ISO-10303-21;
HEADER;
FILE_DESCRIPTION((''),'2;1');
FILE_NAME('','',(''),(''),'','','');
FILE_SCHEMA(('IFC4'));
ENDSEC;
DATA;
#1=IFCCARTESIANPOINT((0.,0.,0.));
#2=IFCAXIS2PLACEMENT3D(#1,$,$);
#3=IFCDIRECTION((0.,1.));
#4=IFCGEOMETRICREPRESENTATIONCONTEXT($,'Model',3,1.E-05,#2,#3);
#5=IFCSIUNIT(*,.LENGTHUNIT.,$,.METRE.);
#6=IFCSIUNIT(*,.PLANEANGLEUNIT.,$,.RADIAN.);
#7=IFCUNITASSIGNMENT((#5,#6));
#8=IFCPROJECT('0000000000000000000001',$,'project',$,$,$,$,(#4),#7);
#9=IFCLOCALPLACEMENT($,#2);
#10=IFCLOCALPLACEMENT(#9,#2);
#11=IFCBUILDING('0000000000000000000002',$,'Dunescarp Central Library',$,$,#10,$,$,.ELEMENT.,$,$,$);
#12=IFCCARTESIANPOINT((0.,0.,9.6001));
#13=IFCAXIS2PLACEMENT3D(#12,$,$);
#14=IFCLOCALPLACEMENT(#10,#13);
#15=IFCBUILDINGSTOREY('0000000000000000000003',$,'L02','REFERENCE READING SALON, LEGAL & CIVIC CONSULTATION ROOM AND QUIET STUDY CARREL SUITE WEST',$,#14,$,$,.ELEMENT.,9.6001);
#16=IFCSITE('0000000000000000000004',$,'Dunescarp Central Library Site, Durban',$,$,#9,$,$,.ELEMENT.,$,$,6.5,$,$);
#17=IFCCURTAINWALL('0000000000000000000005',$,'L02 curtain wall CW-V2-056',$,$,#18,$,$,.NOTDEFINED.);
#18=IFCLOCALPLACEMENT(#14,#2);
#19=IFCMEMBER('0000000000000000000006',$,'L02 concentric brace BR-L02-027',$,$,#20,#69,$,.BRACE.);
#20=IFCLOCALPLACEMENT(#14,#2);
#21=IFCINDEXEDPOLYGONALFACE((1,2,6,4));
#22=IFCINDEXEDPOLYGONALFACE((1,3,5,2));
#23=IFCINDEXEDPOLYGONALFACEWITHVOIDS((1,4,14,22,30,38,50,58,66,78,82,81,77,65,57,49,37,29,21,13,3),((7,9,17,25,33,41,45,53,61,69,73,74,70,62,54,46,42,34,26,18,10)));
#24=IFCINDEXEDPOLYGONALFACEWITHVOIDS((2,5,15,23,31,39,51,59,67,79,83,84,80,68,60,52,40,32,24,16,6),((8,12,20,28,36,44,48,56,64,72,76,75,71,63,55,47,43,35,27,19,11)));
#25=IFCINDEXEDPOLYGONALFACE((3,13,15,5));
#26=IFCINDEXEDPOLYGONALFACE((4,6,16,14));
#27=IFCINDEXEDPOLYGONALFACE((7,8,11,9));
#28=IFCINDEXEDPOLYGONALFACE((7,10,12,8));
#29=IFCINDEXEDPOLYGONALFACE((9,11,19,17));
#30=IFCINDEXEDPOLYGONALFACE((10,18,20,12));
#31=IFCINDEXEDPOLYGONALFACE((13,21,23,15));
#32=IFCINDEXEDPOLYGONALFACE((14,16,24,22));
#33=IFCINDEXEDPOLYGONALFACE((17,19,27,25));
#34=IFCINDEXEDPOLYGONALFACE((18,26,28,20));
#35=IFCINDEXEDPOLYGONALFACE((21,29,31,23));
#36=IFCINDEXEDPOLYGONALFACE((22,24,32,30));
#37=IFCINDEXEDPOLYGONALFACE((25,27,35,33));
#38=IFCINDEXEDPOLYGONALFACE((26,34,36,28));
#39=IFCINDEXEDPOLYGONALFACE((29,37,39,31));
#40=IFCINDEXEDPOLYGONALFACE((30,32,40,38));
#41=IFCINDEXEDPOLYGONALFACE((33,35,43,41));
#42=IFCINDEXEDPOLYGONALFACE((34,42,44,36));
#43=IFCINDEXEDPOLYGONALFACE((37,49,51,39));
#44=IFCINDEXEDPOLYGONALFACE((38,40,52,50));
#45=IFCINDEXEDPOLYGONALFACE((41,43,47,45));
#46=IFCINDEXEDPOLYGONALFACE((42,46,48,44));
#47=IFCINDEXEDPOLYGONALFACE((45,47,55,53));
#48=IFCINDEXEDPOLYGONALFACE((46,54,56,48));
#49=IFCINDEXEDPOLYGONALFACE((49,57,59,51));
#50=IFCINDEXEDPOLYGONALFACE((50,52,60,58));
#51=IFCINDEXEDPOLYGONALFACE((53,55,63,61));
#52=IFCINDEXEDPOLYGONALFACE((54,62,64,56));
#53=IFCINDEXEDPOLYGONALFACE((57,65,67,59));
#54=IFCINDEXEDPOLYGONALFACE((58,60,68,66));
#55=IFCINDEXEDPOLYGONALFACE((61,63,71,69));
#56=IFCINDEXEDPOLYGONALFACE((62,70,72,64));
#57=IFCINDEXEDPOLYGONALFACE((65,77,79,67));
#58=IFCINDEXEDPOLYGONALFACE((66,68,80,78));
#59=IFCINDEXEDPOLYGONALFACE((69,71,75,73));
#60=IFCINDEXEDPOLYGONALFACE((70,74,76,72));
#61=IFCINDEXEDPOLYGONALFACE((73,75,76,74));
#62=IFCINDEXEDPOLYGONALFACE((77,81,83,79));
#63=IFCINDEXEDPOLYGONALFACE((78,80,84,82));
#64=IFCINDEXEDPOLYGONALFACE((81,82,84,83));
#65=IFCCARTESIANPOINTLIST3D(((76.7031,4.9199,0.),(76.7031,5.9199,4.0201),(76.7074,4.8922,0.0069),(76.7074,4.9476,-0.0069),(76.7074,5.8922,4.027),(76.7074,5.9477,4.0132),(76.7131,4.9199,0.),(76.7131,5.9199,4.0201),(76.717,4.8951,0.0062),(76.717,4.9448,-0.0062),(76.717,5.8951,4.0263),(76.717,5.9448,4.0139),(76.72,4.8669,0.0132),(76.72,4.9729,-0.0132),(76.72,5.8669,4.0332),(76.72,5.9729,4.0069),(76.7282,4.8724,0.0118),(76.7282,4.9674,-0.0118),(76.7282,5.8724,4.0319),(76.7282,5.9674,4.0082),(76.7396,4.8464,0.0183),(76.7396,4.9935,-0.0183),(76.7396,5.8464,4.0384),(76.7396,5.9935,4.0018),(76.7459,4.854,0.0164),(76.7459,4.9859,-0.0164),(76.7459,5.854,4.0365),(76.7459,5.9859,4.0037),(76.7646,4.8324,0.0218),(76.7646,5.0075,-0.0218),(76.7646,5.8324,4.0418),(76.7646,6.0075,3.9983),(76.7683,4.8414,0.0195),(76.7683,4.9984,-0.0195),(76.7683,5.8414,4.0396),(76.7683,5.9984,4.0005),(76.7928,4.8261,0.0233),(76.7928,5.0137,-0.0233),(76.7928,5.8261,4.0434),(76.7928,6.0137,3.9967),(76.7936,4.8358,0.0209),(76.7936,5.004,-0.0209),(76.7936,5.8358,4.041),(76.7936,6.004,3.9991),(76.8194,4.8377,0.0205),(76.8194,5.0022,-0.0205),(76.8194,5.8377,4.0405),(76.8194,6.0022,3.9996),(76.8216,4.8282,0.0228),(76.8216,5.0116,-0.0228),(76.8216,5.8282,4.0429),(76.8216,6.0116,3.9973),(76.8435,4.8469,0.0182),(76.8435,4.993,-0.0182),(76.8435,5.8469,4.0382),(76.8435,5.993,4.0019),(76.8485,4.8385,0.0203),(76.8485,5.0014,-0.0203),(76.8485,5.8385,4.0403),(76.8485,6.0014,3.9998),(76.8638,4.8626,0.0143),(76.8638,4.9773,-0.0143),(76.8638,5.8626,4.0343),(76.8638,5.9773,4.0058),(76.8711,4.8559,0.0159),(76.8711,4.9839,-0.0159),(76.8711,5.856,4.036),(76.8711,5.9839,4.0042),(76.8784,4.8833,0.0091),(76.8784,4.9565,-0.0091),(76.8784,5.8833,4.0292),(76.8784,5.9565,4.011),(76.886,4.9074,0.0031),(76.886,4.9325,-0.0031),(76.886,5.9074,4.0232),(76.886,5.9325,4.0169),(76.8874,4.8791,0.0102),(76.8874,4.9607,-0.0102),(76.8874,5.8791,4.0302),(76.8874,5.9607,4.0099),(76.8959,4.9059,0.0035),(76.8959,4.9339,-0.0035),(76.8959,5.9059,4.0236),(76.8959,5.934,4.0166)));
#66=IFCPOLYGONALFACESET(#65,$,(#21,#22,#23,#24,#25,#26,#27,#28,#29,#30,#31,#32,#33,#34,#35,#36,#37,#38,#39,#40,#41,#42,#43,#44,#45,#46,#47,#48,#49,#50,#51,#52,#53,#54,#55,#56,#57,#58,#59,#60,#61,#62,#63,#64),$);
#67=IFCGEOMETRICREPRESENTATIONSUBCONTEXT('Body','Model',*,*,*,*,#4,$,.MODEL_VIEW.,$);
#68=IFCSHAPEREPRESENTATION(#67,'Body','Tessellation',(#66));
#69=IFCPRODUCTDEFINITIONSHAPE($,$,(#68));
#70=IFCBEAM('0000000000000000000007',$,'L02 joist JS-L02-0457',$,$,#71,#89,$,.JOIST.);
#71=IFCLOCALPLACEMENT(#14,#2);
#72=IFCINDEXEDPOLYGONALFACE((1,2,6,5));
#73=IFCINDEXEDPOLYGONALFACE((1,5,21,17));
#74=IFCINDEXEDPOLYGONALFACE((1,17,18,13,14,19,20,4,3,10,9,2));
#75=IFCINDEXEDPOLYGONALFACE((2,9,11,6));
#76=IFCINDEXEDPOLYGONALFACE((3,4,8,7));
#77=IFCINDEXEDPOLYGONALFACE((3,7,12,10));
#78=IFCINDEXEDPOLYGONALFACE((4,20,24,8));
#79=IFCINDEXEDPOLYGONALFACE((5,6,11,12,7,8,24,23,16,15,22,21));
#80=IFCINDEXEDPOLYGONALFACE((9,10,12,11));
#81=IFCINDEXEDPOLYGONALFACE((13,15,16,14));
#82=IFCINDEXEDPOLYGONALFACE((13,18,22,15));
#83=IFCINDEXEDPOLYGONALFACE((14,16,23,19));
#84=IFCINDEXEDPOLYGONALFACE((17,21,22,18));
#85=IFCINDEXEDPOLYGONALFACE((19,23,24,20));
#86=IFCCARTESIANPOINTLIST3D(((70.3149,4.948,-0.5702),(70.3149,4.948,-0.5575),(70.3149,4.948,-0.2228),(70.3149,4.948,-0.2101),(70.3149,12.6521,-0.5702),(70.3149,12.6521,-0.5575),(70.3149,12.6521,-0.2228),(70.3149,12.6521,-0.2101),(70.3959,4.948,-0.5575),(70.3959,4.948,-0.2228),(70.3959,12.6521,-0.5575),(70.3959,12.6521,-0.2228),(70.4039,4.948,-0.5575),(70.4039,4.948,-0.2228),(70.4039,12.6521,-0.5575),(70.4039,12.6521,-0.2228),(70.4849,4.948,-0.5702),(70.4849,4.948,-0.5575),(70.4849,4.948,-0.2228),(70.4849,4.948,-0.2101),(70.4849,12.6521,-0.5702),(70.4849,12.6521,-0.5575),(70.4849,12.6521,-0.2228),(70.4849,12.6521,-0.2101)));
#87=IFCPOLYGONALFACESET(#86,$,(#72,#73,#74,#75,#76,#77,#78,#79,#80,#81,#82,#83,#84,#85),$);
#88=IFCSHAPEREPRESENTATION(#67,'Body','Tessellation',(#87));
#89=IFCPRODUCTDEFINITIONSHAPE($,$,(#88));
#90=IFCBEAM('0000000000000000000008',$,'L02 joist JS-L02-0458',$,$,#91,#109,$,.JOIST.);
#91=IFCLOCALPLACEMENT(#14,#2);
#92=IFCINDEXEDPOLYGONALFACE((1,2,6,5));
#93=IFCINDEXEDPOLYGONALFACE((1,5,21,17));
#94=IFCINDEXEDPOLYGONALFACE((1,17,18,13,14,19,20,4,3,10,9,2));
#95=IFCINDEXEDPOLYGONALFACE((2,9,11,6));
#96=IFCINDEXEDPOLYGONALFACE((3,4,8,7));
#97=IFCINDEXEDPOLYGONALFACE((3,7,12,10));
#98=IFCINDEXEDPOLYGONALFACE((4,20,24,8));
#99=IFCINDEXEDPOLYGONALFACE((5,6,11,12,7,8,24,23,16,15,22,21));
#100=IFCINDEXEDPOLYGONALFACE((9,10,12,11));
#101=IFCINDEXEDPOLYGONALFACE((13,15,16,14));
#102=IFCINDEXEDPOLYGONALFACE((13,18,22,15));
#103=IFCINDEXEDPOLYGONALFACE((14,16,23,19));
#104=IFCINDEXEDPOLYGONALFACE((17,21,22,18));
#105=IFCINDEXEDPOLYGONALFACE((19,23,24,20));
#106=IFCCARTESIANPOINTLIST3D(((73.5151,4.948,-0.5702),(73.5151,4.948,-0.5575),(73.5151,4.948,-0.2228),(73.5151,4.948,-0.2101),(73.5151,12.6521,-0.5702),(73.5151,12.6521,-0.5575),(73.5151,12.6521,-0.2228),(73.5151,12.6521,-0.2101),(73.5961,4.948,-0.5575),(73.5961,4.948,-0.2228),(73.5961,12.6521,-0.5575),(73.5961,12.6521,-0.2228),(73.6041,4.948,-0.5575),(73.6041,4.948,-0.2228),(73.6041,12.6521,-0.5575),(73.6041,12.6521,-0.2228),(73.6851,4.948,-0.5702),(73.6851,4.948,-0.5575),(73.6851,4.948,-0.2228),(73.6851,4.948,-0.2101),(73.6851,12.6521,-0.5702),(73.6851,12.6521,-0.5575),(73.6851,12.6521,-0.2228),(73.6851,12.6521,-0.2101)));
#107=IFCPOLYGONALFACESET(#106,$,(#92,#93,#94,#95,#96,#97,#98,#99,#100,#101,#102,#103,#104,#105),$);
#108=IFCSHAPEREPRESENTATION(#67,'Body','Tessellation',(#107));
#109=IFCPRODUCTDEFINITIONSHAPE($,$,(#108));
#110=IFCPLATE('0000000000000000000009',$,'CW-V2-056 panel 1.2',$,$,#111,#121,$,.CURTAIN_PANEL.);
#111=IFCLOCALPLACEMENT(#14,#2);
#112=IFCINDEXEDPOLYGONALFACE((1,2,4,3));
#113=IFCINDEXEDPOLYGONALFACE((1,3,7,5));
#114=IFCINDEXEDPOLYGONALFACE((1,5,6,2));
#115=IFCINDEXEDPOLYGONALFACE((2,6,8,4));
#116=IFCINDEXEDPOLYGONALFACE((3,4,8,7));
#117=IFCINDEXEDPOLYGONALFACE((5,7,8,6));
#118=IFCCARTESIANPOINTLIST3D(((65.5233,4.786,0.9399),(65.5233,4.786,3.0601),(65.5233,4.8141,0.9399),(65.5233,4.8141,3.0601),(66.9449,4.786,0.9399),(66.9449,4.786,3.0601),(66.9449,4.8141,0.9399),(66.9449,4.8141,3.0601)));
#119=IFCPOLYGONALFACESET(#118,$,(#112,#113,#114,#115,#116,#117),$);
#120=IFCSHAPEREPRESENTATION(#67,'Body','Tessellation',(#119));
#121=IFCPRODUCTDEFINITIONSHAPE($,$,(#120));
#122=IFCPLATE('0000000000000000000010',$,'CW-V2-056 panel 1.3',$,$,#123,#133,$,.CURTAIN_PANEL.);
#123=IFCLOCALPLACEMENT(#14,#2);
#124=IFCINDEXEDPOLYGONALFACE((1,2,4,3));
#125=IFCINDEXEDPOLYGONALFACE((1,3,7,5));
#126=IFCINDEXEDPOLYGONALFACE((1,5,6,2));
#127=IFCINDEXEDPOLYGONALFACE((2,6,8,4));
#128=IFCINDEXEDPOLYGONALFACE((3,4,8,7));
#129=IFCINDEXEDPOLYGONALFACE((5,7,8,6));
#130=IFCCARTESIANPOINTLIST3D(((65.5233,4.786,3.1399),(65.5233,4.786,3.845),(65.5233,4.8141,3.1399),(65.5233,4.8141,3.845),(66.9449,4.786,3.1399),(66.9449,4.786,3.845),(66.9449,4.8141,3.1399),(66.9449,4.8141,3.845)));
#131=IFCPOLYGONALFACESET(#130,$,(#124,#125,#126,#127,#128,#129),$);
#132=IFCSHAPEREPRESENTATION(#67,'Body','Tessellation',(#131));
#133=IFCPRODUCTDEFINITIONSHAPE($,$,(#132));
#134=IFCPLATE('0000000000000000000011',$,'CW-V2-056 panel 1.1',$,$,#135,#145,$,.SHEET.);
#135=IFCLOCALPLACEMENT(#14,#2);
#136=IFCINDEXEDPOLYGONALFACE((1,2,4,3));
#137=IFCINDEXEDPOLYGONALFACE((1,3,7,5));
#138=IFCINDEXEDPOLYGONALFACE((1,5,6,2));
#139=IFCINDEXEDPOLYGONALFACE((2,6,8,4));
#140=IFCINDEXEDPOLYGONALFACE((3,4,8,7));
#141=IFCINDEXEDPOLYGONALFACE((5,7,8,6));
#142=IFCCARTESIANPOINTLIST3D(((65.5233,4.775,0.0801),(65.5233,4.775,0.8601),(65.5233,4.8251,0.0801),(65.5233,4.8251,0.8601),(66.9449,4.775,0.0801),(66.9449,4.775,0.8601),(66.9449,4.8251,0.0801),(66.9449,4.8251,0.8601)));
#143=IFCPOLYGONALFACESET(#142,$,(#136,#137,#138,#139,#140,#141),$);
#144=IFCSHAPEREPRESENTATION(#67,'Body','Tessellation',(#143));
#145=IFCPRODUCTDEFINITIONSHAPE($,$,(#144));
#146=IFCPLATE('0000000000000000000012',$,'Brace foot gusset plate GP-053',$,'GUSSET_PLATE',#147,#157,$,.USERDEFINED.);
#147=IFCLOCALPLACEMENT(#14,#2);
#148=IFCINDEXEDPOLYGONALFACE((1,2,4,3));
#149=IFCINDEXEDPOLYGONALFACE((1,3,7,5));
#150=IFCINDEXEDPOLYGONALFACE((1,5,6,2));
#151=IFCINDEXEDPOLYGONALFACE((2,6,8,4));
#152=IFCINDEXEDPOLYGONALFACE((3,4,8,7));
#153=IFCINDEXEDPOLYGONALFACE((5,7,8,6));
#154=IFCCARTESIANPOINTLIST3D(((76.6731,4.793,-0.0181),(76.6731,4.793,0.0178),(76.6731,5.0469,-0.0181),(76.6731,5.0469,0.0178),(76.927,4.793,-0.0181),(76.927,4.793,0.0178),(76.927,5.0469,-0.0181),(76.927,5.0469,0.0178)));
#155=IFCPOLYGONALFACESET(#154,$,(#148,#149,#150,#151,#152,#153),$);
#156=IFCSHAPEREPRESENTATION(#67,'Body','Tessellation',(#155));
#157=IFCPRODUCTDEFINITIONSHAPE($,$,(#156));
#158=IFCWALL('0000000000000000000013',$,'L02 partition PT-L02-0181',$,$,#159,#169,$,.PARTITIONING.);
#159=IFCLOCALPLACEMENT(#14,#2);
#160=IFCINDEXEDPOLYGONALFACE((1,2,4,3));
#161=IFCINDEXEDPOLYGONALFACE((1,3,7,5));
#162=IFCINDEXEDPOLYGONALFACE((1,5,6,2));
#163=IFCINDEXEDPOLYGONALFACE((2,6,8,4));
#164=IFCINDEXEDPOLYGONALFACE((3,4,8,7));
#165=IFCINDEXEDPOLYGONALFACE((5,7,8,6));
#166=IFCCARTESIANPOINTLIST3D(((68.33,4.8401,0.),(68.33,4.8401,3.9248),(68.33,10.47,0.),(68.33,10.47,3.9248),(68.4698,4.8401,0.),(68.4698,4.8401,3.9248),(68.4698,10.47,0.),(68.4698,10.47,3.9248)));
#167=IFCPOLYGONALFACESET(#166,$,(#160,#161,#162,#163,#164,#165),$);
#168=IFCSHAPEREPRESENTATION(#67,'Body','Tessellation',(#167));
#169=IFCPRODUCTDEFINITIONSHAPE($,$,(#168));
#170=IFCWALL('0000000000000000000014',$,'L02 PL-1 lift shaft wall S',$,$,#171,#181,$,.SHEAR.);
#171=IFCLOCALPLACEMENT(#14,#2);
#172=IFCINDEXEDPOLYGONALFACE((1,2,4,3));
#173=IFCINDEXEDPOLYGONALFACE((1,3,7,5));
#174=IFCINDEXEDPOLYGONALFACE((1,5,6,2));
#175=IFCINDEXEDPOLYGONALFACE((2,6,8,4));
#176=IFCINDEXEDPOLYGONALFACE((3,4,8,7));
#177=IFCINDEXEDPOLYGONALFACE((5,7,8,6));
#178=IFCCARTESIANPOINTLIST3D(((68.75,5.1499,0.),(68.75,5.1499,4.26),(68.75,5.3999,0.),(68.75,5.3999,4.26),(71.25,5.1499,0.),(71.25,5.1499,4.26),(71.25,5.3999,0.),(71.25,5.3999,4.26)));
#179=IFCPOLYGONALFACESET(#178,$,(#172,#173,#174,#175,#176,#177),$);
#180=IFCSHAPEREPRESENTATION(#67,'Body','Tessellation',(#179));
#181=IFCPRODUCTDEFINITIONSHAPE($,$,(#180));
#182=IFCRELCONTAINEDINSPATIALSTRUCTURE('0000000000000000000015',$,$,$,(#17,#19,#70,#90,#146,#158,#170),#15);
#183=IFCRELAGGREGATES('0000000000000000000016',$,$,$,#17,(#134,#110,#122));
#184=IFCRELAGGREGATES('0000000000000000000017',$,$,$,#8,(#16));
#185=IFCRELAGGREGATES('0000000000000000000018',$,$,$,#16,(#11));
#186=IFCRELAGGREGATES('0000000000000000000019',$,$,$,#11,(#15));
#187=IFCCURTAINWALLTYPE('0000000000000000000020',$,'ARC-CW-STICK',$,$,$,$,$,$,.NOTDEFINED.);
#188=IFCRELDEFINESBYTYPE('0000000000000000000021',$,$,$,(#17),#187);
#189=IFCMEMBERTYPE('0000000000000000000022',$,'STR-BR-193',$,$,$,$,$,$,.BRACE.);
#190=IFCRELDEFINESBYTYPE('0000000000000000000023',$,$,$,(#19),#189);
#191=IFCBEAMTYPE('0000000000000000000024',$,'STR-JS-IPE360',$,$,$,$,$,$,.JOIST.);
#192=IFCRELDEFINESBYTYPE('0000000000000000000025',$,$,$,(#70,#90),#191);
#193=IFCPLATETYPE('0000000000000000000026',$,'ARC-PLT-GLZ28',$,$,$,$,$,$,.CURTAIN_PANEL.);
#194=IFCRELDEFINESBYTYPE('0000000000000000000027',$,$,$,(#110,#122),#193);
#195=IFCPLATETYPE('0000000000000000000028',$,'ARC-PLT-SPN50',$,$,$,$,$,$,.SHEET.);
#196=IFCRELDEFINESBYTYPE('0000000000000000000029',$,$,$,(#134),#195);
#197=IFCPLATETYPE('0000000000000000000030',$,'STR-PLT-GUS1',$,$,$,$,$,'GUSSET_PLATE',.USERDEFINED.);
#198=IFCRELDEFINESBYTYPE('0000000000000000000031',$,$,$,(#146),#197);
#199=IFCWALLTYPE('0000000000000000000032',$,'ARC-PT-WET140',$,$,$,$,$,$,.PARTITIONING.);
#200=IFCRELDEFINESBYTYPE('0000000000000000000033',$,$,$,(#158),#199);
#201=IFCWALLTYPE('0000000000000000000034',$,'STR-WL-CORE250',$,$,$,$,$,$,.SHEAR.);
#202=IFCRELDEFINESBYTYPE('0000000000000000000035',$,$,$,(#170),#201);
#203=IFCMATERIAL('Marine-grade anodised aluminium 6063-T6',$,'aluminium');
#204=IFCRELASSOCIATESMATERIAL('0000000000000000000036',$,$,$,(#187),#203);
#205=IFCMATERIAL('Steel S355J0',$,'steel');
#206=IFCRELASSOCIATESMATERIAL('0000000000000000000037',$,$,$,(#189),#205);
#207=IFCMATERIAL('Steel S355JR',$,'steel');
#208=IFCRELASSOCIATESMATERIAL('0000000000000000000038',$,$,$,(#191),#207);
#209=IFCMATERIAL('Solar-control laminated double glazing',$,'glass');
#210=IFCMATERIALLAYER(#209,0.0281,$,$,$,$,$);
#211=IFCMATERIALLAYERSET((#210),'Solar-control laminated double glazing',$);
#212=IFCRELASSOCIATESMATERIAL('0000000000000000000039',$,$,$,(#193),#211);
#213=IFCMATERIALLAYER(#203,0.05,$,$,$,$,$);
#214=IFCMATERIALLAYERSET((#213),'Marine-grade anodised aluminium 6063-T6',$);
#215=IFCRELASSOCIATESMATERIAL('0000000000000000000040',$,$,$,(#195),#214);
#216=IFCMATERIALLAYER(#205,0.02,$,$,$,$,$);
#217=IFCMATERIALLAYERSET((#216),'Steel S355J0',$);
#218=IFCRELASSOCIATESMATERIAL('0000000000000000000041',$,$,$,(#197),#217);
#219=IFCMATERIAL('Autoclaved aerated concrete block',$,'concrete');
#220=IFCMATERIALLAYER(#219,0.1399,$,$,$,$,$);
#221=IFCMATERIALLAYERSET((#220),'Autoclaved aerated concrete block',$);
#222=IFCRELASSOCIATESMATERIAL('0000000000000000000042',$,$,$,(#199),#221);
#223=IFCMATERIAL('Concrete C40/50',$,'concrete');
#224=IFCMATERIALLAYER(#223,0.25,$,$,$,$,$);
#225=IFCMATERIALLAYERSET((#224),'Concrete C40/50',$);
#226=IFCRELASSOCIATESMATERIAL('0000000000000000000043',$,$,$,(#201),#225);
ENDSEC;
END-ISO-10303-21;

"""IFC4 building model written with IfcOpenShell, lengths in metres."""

from ifc_helpers import new_model, si_unit, direction, frame, frame_2d, origin, origin_2d, place, context, subcontext, project, spatial, rectangle, hollow_circle, i_section, extrude, material, layer, layer_set, material_profile, profile_set, type_object, element, aggregate, save


model = new_model("IFC4")

# Units and contexts
model_context = context("Model", 3, precision=1e-05, world=origin(), true_north=direction((0.0, 1.0)))
body_context = subcontext(model_context, "Body", "Model", "MODEL_VIEW")
ifc_project = project(units=[si_unit("LENGTHUNIT", "METRE"), si_unit("PLANEANGLEUNIT", "RADIAN")], contexts=[model_context])

# Site, building, storey
site_placement = place(None, origin())
site = spatial("IfcSite", under=ifc_project, at=site_placement, Name="Dunescarp Central Library Site, Durban", CompositionType="ELEMENT", RefElevation=6.5)
building_placement = place(site_placement, origin())
building = spatial("IfcBuilding", under=site, at=building_placement, Name="Dunescarp Central Library", CompositionType="ELEMENT")
storey_placement = place(building_placement, frame((0.0, 0.0, 9.6001)))
storey = spatial("IfcBuildingStorey", under=building, at=storey_placement, Name="L02", Description="REFERENCE READING SALON, LEGAL & CIVIC CONSULTATION ROOM AND QUIET STUDY CARREL SUITE WEST", CompositionType="ELEMENT", Elevation=9.6001)

# Shared definitions
ifc_material_1 = material(Name="Steel S355JR", Category="steel")

# Curtain wall
ifc_material_2 = material(Name="Marine-grade anodised aluminium 6063-T6", Category="aluminium")
curtain_wall_type = type_object("IfcCurtainWallType", Name="ARC-CW-STICK", PredefinedType="NOTDEFINED", material=ifc_material_2)
curtain_wall_placement = place(storey_placement, origin())
curtain_wall = element("IfcCurtainWall", 1, at=curtain_wall_placement, inside=storey, type_object=curtain_wall_type, Name="L02 curtain wall CW-V2-056", PredefinedType="NOTDEFINED")

# Member
ifc_material_3 = material(Name="Steel S355J0", Category="steel")
ifc_material_profile_1 = material_profile(ifc_material_3, hollow_circle(Radius=0.0969, WallThickness=0.01, at=origin_2d()), Name="CHS 193.7x10")
ifc_profile_set_1 = profile_set([ifc_material_profile_1], Name="Steel S355J0")
member_type_1 = type_object("IfcMemberType", Name="STR-BR-193", PredefinedType="BRACE", material=ifc_profile_set_1)
member_1_placement = place(storey_placement, frame((76.8, 4.9199, 0.0), z_axis=(0.0, 0.241398, 0.970426), x_axis=(-1.0, 0.0, 0.0)))
element("IfcMember", 2, at=member_1_placement, inside=storey, type_object=member_type_1, Name="L02 concentric brace BR-L02-027", PredefinedType="BRACE", context=body_context, shape_type="SweptSolid", body=[
    extrude(hollow_circle(Radius=0.0969, WallThickness=0.01, at=origin_2d()), origin(), (0.0, 0.0, 1.0), 4.1426),
])

# Beams
ifc_material_profile_2 = material_profile(ifc_material_1, i_section(OverallWidth=0.1699, OverallDepth=0.3601, WebThickness=0.0081, FlangeThickness=0.0127, at=origin_2d()), Name="IPE 360")
ifc_profile_set_2 = profile_set([ifc_material_profile_2], Name="Steel S355JR")
beam_type_1 = type_object("IfcBeamType", Name="STR-JS-IPE360", PredefinedType="JOIST", material=ifc_profile_set_2)
for number, where, z_axis, x_axis, name in (
    (3, (70.3999, 4.948, -0.3901), (0.0, 1.0, 0.0), (-1.0, 0.0, 0.0), "L02 joist JS-L02-0457"),
    (4, (73.6001, 4.948, -0.3901), (0.0, 1.0, 0.0), (-1.0, 0.0, 0.0), "L02 joist JS-L02-0458"),
):
    element("IfcBeam", number, at=place(storey_placement, frame(where, z_axis=z_axis, x_axis=x_axis)), inside=storey, type_object=beam_type_1, Name=name, PredefinedType="JOIST", context=body_context, shape_type="SweptSolid", body=[
        extrude(i_section(OverallWidth=0.1699, OverallDepth=0.3601, WebThickness=0.0081, FlangeThickness=0.0127, at=origin_2d()), origin(), (0.0, 0.0, 1.0), 7.7041),
    ])

# Plates
ifc_material_4 = material(Name="Solar-control laminated double glazing", Category="glass")
ifc_layer_1 = layer(ifc_material_4, 0.0281)
ifc_layer_set_1 = layer_set([ifc_layer_1], Name="Solar-control laminated double glazing")
plate_type_1 = type_object("IfcPlateType", Name="ARC-PLT-GLZ28", PredefinedType="CURTAIN_PANEL", material=ifc_layer_set_1)
plate_1_placement = place(storey_placement, frame((66.2341, 4.8, 0.9399), z_axis=(0.0, 0.0, 1.0), x_axis=(-1.0, 0.0, 0.0)))
plate_1 = element("IfcPlate", 5, at=plate_1_placement, type_object=plate_type_1, Name="CW-V2-056 panel 1.2", PredefinedType="CURTAIN_PANEL", context=body_context, shape_type="SweptSolid", body=[
    extrude(rectangle(XDim=1.4216, YDim=0.0281, at=origin_2d()), origin(), (0.0, 0.0, 1.0), 2.1201),
])
plate_2_placement = place(storey_placement, frame((66.2341, 4.8, 3.1399), z_axis=(0.0, 0.0, 1.0), x_axis=(-1.0, 0.0, 0.0)))
plate_2 = element("IfcPlate", 6, at=plate_2_placement, type_object=plate_type_1, Name="CW-V2-056 panel 1.3", PredefinedType="CURTAIN_PANEL", context=body_context, shape_type="SweptSolid", body=[
    extrude(rectangle(XDim=1.4216, YDim=0.0281, at=origin_2d()), origin(), (0.0, 0.0, 1.0), 0.7051),
])
ifc_layer_2 = layer(ifc_material_2, 0.05)
ifc_layer_set_2 = layer_set([ifc_layer_2], Name="Marine-grade anodised aluminium 6063-T6")
plate_type_2 = type_object("IfcPlateType", Name="ARC-PLT-SPN50", PredefinedType="SHEET", material=ifc_layer_set_2)
plate_3_placement = place(storey_placement, frame((66.2341, 4.8, 0.0801), z_axis=(0.0, 0.0, 1.0), x_axis=(-1.0, 0.0, 0.0)))
plate_3 = element("IfcPlate", 7, at=plate_3_placement, type_object=plate_type_2, Name="CW-V2-056 panel 1.1", PredefinedType="SHEET", context=body_context, shape_type="SweptSolid", body=[
    extrude(rectangle(XDim=1.4216, YDim=0.05, at=origin_2d()), origin(), (0.0, 0.0, 1.0), 0.78),
])
aggregate(curtain_wall, [plate_3, plate_1, plate_2])
ifc_layer_3 = layer(ifc_material_3, 0.02)
ifc_layer_set_3 = layer_set([ifc_layer_3], Name="Steel S355J0")
plate_type_3 = type_object("IfcPlateType", Name="STR-PLT-GUS1", ElementType="GUSSET_PLATE", PredefinedType="USERDEFINED", material=ifc_layer_set_3)
plate_4_placement = place(storey_placement, frame((76.8, 4.9199, -0.0181), z_axis=(0.0, 0.0, 1.0), x_axis=(1.0, 0.0, 0.0)))
element("IfcPlate", 8, at=plate_4_placement, inside=storey, type_object=plate_type_3, Name="Brace foot gusset plate GP-053", ObjectType="GUSSET_PLATE", PredefinedType="USERDEFINED", context=body_context, shape_type="SweptSolid", body=[
    extrude(rectangle(XDim=0.2539, YDim=0.2539, at=origin_2d()), origin(), (0.0, 0.0, 1.0), 0.0359),
])

# Walls
ifc_material_5 = material(Name="Autoclaved aerated concrete block", Category="concrete")
ifc_layer_4 = layer(ifc_material_5, 0.1399)
ifc_layer_set_4 = layer_set([ifc_layer_4], Name="Autoclaved aerated concrete block")
wall_type_1 = type_object("IfcWallType", Name="ARC-PT-WET140", PredefinedType="PARTITIONING", material=ifc_layer_set_4)
wall_1_placement = place(storey_placement, frame((68.3999, 4.8401, 0.0), z_axis=(0.0, 0.0, 1.0), x_axis=(0.0, 1.0, 0.0)))
element("IfcWall", 9, at=wall_1_placement, inside=storey, type_object=wall_type_1, Name="L02 partition PT-L02-0181", PredefinedType="PARTITIONING", context=body_context, shape_type="SweptSolid", body=[
    extrude(rectangle(XDim=5.6299, YDim=0.1399, at=frame_2d((2.8149, 0.0))), origin(), (0.0, 0.0, 1.0), 3.9248),
])
ifc_material_6 = material(Name="Concrete C40/50", Category="concrete")
ifc_layer_5 = layer(ifc_material_6, 0.25)
ifc_layer_set_5 = layer_set([ifc_layer_5], Name="Concrete C40/50")
wall_type_2 = type_object("IfcWallType", Name="STR-WL-CORE250", PredefinedType="SHEAR", material=ifc_layer_set_5)
wall_2_placement = place(storey_placement, frame((71.25, 5.2749, 0.0), z_axis=(0.0, 0.0, 1.0), x_axis=(-1.0, 0.0, 0.0)))
element("IfcWall", 10, at=wall_2_placement, inside=storey, type_object=wall_type_2, Name="L02 PL-1 lift shaft wall S", PredefinedType="SHEAR", context=body_context, shape_type="SweptSolid", body=[
    extrude(rectangle(XDim=2.5, YDim=0.25, at=frame_2d((1.25, 0.0))), origin(), (0.0, 0.0, 1.0), 4.26),
])

save(model, "model.ifc")
